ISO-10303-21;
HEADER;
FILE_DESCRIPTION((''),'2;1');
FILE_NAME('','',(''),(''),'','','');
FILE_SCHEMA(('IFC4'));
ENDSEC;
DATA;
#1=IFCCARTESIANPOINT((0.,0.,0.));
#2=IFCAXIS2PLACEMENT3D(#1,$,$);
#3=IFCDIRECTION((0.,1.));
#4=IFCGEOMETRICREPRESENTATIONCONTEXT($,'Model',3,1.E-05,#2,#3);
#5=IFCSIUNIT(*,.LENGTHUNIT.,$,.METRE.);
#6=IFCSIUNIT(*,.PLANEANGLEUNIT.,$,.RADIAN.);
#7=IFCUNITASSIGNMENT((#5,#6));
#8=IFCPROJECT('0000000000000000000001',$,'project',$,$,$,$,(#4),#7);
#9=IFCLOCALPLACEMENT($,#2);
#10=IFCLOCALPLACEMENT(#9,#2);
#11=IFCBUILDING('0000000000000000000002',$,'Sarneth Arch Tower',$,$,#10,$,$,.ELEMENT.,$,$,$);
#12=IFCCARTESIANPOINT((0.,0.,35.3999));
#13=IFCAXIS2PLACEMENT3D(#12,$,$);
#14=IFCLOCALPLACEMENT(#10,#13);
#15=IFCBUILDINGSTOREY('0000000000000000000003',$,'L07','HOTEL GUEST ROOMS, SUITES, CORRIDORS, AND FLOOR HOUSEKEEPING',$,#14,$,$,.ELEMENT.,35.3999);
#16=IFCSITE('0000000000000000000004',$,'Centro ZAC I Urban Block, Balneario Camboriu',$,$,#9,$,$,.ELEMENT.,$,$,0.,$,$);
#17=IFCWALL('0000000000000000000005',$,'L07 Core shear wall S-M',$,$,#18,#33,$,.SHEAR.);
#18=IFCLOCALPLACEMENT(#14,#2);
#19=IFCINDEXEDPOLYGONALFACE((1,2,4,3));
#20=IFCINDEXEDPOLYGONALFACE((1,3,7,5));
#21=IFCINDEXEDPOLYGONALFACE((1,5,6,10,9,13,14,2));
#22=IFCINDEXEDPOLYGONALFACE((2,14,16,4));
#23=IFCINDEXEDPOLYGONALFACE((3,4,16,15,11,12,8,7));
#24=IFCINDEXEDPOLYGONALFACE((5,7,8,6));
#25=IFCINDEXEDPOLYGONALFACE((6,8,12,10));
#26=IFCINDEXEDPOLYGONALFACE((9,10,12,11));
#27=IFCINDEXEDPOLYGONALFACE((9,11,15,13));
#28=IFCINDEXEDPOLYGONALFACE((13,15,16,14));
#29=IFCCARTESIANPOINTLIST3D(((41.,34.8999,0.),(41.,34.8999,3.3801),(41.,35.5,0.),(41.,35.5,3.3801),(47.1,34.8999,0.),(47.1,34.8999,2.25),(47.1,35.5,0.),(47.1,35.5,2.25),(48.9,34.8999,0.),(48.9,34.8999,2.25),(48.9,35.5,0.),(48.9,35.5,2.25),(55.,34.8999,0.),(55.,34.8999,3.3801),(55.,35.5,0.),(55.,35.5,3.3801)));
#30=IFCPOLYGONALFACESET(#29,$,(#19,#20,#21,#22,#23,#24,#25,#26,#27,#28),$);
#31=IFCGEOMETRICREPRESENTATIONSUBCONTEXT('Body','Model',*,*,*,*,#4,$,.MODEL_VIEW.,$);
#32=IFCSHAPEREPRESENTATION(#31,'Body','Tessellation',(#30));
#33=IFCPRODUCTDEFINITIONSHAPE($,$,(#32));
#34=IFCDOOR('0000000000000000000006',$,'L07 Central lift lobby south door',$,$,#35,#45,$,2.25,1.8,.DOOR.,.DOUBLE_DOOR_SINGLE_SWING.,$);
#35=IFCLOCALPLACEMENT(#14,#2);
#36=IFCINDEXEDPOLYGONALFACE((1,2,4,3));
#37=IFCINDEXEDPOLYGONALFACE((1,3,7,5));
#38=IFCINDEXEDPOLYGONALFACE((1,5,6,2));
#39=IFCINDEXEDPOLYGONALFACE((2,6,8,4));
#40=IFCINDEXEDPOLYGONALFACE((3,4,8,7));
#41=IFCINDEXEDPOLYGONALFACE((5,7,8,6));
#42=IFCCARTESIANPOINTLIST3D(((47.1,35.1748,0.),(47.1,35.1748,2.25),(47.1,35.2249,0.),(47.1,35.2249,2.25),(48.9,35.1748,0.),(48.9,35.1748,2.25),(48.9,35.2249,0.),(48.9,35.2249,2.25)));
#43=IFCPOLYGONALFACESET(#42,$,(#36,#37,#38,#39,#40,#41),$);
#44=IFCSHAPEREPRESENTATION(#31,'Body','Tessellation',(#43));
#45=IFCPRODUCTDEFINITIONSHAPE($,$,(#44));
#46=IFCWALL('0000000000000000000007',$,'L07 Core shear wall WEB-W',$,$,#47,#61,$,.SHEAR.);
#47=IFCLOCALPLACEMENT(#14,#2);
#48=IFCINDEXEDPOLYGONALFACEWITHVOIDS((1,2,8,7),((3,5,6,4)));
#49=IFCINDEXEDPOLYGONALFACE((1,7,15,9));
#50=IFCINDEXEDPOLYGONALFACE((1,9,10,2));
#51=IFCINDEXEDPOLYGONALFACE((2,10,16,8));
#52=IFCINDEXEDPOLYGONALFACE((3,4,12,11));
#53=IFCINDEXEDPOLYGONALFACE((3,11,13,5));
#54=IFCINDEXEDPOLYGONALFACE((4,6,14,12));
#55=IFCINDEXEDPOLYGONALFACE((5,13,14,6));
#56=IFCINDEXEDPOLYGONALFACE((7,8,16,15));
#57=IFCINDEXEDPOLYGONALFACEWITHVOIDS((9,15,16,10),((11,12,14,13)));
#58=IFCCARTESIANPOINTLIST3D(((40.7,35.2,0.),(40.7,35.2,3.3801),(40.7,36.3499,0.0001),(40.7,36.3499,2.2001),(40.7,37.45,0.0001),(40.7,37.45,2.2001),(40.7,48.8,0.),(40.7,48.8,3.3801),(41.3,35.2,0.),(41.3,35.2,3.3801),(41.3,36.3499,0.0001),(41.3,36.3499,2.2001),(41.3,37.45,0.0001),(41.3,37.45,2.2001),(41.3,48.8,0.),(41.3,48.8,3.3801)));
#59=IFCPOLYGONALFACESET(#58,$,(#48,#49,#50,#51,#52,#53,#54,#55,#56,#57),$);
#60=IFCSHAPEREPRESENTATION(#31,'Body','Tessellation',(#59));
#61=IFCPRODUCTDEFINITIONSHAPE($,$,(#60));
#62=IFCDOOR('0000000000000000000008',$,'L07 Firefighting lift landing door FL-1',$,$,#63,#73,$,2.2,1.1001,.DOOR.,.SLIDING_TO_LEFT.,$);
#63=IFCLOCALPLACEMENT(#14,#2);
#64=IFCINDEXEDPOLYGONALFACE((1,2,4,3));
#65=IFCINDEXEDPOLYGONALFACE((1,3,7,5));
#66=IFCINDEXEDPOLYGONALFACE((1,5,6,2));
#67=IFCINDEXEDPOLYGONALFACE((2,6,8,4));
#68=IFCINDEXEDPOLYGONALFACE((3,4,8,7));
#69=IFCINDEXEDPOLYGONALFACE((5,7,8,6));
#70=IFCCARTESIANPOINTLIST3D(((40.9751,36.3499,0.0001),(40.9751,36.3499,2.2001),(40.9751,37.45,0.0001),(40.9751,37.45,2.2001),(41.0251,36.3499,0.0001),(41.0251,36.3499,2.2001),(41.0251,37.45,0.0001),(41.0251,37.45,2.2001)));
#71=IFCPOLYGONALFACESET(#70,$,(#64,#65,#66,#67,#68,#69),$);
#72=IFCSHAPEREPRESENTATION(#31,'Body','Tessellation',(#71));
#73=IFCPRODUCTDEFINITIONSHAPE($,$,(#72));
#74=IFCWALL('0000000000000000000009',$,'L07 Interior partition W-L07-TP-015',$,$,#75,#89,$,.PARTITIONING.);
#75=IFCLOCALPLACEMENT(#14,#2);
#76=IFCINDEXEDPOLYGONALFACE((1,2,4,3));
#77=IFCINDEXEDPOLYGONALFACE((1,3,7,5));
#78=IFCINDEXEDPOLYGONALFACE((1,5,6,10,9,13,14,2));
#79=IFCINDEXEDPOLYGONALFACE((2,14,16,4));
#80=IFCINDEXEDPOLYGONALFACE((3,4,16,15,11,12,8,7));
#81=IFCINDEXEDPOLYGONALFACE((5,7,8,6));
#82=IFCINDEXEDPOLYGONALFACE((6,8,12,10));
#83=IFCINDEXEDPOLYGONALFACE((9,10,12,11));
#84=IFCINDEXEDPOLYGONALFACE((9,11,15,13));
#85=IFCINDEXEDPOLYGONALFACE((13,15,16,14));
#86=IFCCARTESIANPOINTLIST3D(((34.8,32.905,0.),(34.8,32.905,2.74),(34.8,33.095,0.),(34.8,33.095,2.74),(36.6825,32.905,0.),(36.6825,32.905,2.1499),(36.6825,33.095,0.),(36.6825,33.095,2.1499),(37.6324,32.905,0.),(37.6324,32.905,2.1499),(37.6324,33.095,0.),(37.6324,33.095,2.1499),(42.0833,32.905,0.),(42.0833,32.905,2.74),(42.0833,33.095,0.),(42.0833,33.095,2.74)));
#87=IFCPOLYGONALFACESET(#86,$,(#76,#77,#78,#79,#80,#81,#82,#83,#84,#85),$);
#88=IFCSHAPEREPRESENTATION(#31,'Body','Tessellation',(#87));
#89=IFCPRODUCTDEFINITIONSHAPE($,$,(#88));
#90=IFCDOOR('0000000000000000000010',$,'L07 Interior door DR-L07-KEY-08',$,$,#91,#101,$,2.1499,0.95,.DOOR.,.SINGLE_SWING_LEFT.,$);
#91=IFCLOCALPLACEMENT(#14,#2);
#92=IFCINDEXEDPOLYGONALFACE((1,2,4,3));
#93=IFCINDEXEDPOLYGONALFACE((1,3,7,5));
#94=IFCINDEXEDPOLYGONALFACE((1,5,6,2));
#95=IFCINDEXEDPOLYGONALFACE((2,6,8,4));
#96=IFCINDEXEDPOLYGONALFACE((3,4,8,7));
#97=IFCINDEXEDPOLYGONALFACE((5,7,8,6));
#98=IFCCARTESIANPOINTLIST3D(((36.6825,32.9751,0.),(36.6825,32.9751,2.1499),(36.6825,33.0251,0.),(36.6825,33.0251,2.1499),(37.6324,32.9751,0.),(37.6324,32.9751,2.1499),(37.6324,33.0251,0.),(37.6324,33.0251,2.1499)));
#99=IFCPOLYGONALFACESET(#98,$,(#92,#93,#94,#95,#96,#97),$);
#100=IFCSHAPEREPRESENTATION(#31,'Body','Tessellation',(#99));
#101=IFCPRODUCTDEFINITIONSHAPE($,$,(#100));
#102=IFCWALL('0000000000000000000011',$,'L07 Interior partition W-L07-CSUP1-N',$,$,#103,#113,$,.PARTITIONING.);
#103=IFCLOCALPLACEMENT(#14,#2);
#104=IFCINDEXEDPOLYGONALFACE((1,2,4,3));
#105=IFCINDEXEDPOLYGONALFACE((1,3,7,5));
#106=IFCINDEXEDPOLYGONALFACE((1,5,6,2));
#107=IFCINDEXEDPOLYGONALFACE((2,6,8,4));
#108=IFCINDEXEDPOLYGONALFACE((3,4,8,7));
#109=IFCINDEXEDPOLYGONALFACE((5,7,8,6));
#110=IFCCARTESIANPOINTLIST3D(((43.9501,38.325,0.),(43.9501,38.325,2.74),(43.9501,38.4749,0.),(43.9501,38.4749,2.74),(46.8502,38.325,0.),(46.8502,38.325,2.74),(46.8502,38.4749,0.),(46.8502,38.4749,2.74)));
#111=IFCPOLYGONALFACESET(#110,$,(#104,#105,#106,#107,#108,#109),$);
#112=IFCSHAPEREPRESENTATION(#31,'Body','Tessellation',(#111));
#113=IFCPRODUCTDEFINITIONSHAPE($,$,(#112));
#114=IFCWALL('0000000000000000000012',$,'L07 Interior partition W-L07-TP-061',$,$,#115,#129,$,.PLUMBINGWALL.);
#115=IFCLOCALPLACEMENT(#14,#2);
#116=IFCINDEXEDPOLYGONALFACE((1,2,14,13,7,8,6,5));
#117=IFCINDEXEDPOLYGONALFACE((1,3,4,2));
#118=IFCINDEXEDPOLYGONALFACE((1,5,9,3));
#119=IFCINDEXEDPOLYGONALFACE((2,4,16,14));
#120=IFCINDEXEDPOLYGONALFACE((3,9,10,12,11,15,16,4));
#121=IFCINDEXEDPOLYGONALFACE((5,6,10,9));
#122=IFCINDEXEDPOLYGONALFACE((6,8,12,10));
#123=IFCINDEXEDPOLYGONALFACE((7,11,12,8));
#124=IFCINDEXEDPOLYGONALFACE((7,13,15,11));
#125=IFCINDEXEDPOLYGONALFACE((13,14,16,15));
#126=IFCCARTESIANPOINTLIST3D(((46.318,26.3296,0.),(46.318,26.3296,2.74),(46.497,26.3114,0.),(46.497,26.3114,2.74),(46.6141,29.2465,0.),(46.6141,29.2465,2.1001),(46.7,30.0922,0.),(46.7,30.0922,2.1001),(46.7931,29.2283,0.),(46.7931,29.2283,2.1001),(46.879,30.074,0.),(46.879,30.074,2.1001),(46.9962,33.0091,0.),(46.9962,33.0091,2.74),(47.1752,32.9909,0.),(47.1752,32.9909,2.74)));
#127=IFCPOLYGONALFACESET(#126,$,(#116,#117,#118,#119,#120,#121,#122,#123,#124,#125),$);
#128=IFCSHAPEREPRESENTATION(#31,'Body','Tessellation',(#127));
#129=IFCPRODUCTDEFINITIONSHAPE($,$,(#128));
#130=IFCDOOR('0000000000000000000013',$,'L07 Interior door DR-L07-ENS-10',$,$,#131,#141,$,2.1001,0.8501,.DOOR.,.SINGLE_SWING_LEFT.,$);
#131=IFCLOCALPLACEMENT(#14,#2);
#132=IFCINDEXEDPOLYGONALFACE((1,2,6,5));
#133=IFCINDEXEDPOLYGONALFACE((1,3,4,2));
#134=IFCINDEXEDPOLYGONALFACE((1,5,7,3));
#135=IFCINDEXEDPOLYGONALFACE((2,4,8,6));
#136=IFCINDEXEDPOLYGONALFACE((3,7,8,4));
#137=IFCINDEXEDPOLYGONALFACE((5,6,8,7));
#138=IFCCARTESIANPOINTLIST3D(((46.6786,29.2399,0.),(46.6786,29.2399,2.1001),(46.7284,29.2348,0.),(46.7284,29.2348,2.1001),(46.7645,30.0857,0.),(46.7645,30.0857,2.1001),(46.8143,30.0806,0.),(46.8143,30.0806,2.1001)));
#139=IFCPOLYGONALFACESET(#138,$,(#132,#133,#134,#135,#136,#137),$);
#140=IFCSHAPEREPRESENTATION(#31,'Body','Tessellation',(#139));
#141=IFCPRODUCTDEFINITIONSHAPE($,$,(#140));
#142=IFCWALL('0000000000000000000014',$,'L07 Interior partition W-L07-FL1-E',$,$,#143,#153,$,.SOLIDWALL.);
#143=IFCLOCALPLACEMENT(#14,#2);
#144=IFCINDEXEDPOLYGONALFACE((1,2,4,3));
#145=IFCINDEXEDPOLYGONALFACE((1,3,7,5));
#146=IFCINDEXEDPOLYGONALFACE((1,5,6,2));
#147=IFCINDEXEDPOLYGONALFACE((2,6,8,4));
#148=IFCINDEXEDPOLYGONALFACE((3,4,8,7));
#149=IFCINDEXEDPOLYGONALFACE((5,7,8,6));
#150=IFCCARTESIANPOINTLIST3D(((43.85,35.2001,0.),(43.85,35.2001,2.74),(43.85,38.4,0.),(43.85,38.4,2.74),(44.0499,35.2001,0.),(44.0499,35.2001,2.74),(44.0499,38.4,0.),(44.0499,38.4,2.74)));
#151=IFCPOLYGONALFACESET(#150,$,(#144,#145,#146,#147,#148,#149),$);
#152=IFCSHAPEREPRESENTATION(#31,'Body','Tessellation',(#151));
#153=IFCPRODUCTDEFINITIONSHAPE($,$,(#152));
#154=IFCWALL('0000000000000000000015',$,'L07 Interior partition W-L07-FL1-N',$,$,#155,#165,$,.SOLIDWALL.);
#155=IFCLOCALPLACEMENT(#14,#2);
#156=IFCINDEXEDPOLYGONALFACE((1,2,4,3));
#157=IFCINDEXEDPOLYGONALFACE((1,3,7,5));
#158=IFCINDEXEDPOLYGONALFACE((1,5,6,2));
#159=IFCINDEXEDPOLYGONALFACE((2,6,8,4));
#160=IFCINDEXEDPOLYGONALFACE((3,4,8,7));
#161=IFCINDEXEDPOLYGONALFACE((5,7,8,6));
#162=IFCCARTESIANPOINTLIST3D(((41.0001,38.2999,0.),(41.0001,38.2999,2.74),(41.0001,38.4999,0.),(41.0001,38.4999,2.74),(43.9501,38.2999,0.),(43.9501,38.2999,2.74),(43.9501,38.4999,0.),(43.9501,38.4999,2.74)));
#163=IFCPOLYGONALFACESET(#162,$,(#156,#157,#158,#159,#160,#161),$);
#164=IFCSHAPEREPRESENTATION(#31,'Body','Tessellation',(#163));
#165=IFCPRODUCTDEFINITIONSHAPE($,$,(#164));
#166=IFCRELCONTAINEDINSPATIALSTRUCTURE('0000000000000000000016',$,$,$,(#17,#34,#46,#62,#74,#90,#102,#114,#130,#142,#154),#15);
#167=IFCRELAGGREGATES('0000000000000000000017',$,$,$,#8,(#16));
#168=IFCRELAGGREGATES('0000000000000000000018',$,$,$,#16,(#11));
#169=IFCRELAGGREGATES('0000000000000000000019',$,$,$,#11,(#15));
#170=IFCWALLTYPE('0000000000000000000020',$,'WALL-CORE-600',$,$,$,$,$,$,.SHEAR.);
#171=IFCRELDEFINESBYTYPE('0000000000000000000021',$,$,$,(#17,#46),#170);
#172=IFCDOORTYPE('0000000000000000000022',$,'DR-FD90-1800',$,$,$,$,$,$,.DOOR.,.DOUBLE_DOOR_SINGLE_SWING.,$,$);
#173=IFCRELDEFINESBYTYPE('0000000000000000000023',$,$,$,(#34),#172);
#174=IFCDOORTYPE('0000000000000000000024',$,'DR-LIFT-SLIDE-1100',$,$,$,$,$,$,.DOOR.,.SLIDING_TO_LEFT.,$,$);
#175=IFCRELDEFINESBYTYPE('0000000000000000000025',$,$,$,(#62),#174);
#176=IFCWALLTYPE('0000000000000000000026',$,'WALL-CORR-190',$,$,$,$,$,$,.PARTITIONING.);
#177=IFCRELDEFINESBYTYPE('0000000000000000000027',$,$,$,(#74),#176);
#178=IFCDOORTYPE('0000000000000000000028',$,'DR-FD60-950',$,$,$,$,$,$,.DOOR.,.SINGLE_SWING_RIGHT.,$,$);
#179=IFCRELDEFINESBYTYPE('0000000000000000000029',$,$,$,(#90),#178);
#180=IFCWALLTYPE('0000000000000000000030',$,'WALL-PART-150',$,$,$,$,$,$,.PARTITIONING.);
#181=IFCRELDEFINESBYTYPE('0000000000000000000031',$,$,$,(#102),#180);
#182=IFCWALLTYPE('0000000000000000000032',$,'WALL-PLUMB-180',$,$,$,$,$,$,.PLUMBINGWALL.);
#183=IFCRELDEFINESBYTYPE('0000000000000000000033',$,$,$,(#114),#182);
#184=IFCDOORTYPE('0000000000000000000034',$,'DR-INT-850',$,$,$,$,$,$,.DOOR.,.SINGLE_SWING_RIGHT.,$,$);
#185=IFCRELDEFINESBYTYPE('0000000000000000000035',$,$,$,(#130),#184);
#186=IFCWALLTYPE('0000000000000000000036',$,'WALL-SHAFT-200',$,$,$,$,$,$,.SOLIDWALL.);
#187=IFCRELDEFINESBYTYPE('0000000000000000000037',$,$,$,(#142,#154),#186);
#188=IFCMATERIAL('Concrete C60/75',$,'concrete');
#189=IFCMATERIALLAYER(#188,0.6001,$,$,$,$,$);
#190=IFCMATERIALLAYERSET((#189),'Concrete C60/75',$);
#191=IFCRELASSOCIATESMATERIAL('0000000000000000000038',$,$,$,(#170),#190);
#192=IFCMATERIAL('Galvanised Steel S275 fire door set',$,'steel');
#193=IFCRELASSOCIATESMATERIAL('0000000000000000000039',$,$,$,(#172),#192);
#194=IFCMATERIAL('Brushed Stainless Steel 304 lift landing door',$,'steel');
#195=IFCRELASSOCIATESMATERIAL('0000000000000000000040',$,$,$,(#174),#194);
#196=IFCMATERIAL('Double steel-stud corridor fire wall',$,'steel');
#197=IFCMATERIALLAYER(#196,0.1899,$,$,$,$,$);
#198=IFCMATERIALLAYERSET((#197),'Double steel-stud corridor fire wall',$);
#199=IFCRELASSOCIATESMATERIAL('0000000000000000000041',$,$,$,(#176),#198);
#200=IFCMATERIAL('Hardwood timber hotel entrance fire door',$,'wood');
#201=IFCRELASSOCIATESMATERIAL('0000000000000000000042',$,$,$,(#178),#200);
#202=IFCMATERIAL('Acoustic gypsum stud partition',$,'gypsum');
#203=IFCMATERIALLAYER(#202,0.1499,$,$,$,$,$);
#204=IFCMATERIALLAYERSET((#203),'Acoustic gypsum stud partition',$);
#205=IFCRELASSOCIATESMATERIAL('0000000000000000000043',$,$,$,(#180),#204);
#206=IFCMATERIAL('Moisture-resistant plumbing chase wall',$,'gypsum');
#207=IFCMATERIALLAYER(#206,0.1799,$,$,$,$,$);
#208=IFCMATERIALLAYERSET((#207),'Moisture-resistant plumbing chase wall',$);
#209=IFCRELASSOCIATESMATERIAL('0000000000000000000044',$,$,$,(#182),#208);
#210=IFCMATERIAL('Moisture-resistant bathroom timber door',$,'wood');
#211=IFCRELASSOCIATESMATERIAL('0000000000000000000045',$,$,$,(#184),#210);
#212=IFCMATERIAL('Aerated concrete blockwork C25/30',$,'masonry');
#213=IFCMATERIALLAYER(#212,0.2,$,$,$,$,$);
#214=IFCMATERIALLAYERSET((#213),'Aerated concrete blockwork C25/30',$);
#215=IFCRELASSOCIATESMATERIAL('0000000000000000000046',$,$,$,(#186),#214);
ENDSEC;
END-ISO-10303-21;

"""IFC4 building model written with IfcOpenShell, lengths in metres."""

from ifc_helpers import new_model, si_unit, direction, frame, frame_2d, origin, place, context, subcontext, project, spatial, rectangle, extrude, material, layer, layer_set, type_object, element, fill, save


model = new_model("IFC4")

# Units and contexts
model_context = context("Model", 3, precision=1e-05, world=origin(), true_north=direction((0.0, 1.0)))
body_context = subcontext(model_context, "Body", "Model", "MODEL_VIEW")
ifc_project = project(units=[si_unit("LENGTHUNIT", "METRE"), si_unit("PLANEANGLEUNIT", "RADIAN")], contexts=[model_context])

# Site, building, storey
site_placement = place(None, origin())
site = spatial("IfcSite", under=ifc_project, at=site_placement, Name="Centro ZAC I Urban Block, Balneario Camboriu", CompositionType="ELEMENT", RefElevation=0.0)
building_placement = place(site_placement, origin())
building = spatial("IfcBuilding", under=site, at=building_placement, Name="Sarneth Arch Tower", CompositionType="ELEMENT")
storey_placement = place(building_placement, frame((0.0, 0.0, 35.3999)))
storey = spatial("IfcBuildingStorey", under=building, at=storey_placement, Name="L07", Description="HOTEL GUEST ROOMS, SUITES, CORRIDORS, AND FLOOR HOUSEKEEPING", CompositionType="ELEMENT", Elevation=35.3999)

# Shared definitions
ifc_material_1 = material(Name="Concrete C60/75", Category="concrete")
ifc_layer_1 = layer(ifc_material_1, 0.6001)
ifc_layer_set_1 = layer_set([ifc_layer_1], Name="Concrete C60/75")
wall_type_1 = type_object("IfcWallType", Name="WALL-CORE-600", PredefinedType="SHEAR", material=ifc_layer_set_1)

# Walls, openings, doors
wall_1_placement = place(storey_placement, frame((41.0, 35.2, 0.0), z_axis=(0.0, 0.0, 1.0), x_axis=(1.0, 0.0, 0.0)))
wall_1 = element("IfcWall", 1, at=wall_1_placement, inside=storey, type_object=wall_type_1, Name="L07 Core shear wall S-M", PredefinedType="SHEAR", context=body_context, shape_type="SweptSolid", body=[
    extrude(rectangle(XDim=14.0, YDim=0.6001, at=frame_2d((7.0, 0.0))), origin(), (0.0, 0.0, 1.0), 3.3801),
])
opening_1_placement = place(wall_1_placement, frame((6.1001, 0.0, 0.0)))
opening_1 = element("IfcOpeningElement", 2, at=opening_1_placement, cuts=wall_1, PredefinedType="OPENING", context=body_context, shape_type="SweptSolid", body=[
    extrude(rectangle(XDim=1.8, YDim=2.25, at=frame_2d((0.8999, 1.125))), frame((0.0, 0.3101, 0.0), z_axis=(0.0, -1.0, 0.0), x_axis=(1.0, 0.0, 0.0)), (0.0, 0.0, 1.0), 0.6201),
])
ifc_material_2 = material(Name="Galvanised Steel S275 fire door set", Category="steel")
door_type_1 = type_object("IfcDoorType", Name="DR-FD90-1800", OperationType="DOUBLE_DOOR_SINGLE_SWING", PredefinedType="DOOR", material=ifc_material_2)
door_1_placement = place(opening_1_placement, origin())
door_1 = element("IfcDoor", 3, at=door_1_placement, inside=storey, type_object=door_type_1, Name="L07 Central lift lobby south door", OperationType="DOUBLE_DOOR_SINGLE_SWING", OverallHeight=2.25, OverallWidth=1.8, PredefinedType="DOOR", context=body_context, shape_type="SweptSolid", body=[
    extrude(rectangle(XDim=1.8, YDim=2.25, at=frame_2d((0.8999, 1.125))), frame((0.0, 0.0249, 0.0), z_axis=(0.0, -1.0, 0.0), x_axis=(1.0, 0.0, 0.0)), (0.0, 0.0, 1.0), 0.05),
])
fill(opening_1, door_1)
wall_2_placement = place(storey_placement, frame((41.0, 35.2, 0.0), z_axis=(0.0, 0.0, 1.0), x_axis=(0.0, 1.0, 0.0)))
wall_2 = element("IfcWall", 4, at=wall_2_placement, inside=storey, type_object=wall_type_1, Name="L07 Core shear wall WEB-W", PredefinedType="SHEAR", context=body_context, shape_type="SweptSolid", body=[
    extrude(rectangle(XDim=13.6001, YDim=0.6001, at=frame_2d((6.8, 0.0))), origin(), (0.0, 0.0, 1.0), 3.3801),
])
opening_2_placement = place(wall_2_placement, frame((1.1499, 0.0, 0.0)))
opening_2 = element("IfcOpeningElement", 5, at=opening_2_placement, cuts=wall_2, PredefinedType="OPENING", context=body_context, shape_type="SweptSolid", body=[
    extrude(rectangle(XDim=1.1001, YDim=2.2, at=frame_2d((0.55, 1.1001))), frame((0.0, 0.3101, 0.0), z_axis=(0.0, -1.0, 0.0), x_axis=(1.0, 0.0, 0.0)), (0.0, 0.0, 1.0), 0.6201),
])
ifc_material_3 = material(Name="Brushed Stainless Steel 304 lift landing door", Category="steel")
door_type_2 = type_object("IfcDoorType", Name="DR-LIFT-SLIDE-1100", OperationType="SLIDING_TO_LEFT", PredefinedType="DOOR", material=ifc_material_3)
door_2_placement = place(opening_2_placement, origin())
door_2 = element("IfcDoor", 6, at=door_2_placement, inside=storey, type_object=door_type_2, Name="L07 Firefighting lift landing door FL-1", OperationType="SLIDING_TO_LEFT", OverallHeight=2.2, OverallWidth=1.1001, PredefinedType="DOOR", context=body_context, shape_type="SweptSolid", body=[
    extrude(rectangle(XDim=1.1001, YDim=2.2, at=frame_2d((0.55, 1.1001))), frame((0.0, 0.0249, 0.0), z_axis=(0.0, -1.0, 0.0), x_axis=(1.0, 0.0, 0.0)), (0.0, 0.0, 1.0), 0.05),
])
fill(opening_2, door_2)
ifc_material_4 = material(Name="Double steel-stud corridor fire wall", Category="steel")
ifc_layer_2 = layer(ifc_material_4, 0.1899)
ifc_layer_set_2 = layer_set([ifc_layer_2], Name="Double steel-stud corridor fire wall")
wall_type_2 = type_object("IfcWallType", Name="WALL-CORR-190", PredefinedType="PARTITIONING", material=ifc_layer_set_2)
wall_3_placement = place(storey_placement, frame((42.0833, 33.0, 0.0), z_axis=(0.0, 0.0, 1.0), x_axis=(-1.0, 0.0, 0.0)))
wall_3 = element("IfcWall", 7, at=wall_3_placement, inside=storey, type_object=wall_type_2, Name="L07 Interior partition W-L07-TP-015", PredefinedType="PARTITIONING", context=body_context, shape_type="SweptSolid", body=[
    extrude(rectangle(XDim=7.2832, YDim=0.1899, at=frame_2d((3.6416, 0.0))), origin(), (0.0, 0.0, 1.0), 2.74),
])
opening_3_placement = place(wall_3_placement, frame((4.4507, 0.0, 0.0)))
opening_3 = element("IfcOpeningElement", 8, at=opening_3_placement, cuts=wall_3, PredefinedType="OPENING", context=body_context, shape_type="SweptSolid", body=[
    extrude(rectangle(XDim=0.95, YDim=2.1499, at=frame_2d((0.4751, 1.075))), frame((0.0, 0.105, 0.0), z_axis=(0.0, -1.0, 0.0), x_axis=(1.0, 0.0, 0.0)), (0.0, 0.0, 1.0), 0.21),
])
ifc_material_5 = material(Name="Hardwood timber hotel entrance fire door", Category="wood")
door_type_3 = type_object("IfcDoorType", Name="DR-FD60-950", OperationType="SINGLE_SWING_RIGHT", PredefinedType="DOOR", material=ifc_material_5)
door_3_placement = place(opening_3_placement, origin())
door_3 = element("IfcDoor", 9, at=door_3_placement, inside=storey, type_object=door_type_3, Name="L07 Interior door DR-L07-KEY-08", OperationType="SINGLE_SWING_LEFT", OverallHeight=2.1499, OverallWidth=0.95, PredefinedType="DOOR", context=body_context, shape_type="SweptSolid", body=[
    extrude(rectangle(XDim=0.95, YDim=2.1499, at=frame_2d((0.4751, 1.075))), frame((0.0, 0.0249, 0.0), z_axis=(0.0, -1.0, 0.0), x_axis=(1.0, 0.0, 0.0)), (0.0, 0.0, 1.0), 0.05),
])
fill(opening_3, door_3)

# Wall
ifc_material_6 = material(Name="Acoustic gypsum stud partition", Category="gypsum")
ifc_layer_3 = layer(ifc_material_6, 0.1499)
ifc_layer_set_3 = layer_set([ifc_layer_3], Name="Acoustic gypsum stud partition")
wall_type_3 = type_object("IfcWallType", Name="WALL-PART-150", PredefinedType="PARTITIONING", material=ifc_layer_set_3)
wall_4_placement = place(storey_placement, frame((43.95, 38.3999, 0.0), z_axis=(0.0, 0.0, 1.0), x_axis=(1.0, 0.0, 0.0)))
element("IfcWall", 10, at=wall_4_placement, inside=storey, type_object=wall_type_3, Name="L07 Interior partition W-L07-CSUP1-N", PredefinedType="PARTITIONING", context=body_context, shape_type="SweptSolid", body=[
    extrude(rectangle(XDim=2.9001, YDim=0.1499, at=frame_2d((1.4502, 0.0))), origin(), (0.0, 0.0, 1.0), 2.74),
])

# Wall, opening, door
ifc_material_7 = material(Name="Moisture-resistant plumbing chase wall", Category="gypsum")
ifc_layer_4 = layer(ifc_material_7, 0.1799)
ifc_layer_set_4 = layer_set([ifc_layer_4], Name="Moisture-resistant plumbing chase wall")
wall_type_4 = type_object("IfcWallType", Name="WALL-PLUMB-180", PredefinedType="PLUMBINGWALL", material=ifc_layer_set_4)
wall_5_placement = place(storey_placement, frame((47.0857, 33.0, 0.0), z_axis=(0.0, 0.0, 1.0), x_axis=(-0.101019, -0.994884, 0.0)))
wall_5 = element("IfcWall", 11, at=wall_5_placement, inside=storey, type_object=wall_type_4, Name="L07 Interior partition W-L07-TP-061", PredefinedType="PLUMBINGWALL", context=body_context, shape_type="SweptSolid", body=[
    extrude(rectangle(XDim=6.7139, YDim=0.1799, at=frame_2d((3.3569, 0.0))), origin(), (0.0, 0.0, 1.0), 2.74),
])
opening_4_placement = place(wall_5_placement, frame((2.9319, 0.0, 0.0)))
opening_4 = element("IfcOpeningElement", 12, at=opening_4_placement, cuts=wall_5, PredefinedType="OPENING", context=body_context, shape_type="SweptSolid", body=[
    extrude(rectangle(XDim=0.8501, YDim=2.1001, at=frame_2d((0.425, 1.05))), frame((0.0, 0.0999, 0.0), z_axis=(0.0, -1.0, 0.0), x_axis=(1.0, 0.0, 0.0)), (0.0, 0.0, 1.0), 0.2),
])
ifc_material_8 = material(Name="Moisture-resistant bathroom timber door", Category="wood")
door_type_4 = type_object("IfcDoorType", Name="DR-INT-850", OperationType="SINGLE_SWING_RIGHT", PredefinedType="DOOR", material=ifc_material_8)
door_4_placement = place(opening_4_placement, origin())
door_4 = element("IfcDoor", 13, at=door_4_placement, inside=storey, type_object=door_type_4, Name="L07 Interior door DR-L07-ENS-10", OperationType="SINGLE_SWING_LEFT", OverallHeight=2.1001, OverallWidth=0.8501, PredefinedType="DOOR", context=body_context, shape_type="SweptSolid", body=[
    extrude(rectangle(XDim=0.8501, YDim=2.1001, at=frame_2d((0.425, 1.05))), frame((0.0, 0.0249, 0.0), z_axis=(0.0, -1.0, 0.0), x_axis=(1.0, 0.0, 0.0)), (0.0, 0.0, 1.0), 0.05),
])
fill(opening_4, door_4)
ifc_material_9 = material(Name="Aerated concrete blockwork C25/30", Category="masonry")
ifc_layer_5 = layer(ifc_material_9, 0.2)
ifc_layer_set_5 = layer_set([ifc_layer_5], Name="Aerated concrete blockwork C25/30")
wall_type_5 = type_object("IfcWallType", Name="WALL-SHAFT-200", PredefinedType="SOLIDWALL", material=ifc_layer_set_5)

# Walls
wall_6_placement = place(storey_placement, frame((43.95, 35.2, 0.0), z_axis=(0.0, 0.0, 1.0), x_axis=(0.0, 1.0, 0.0)))
element("IfcWall", 14, at=wall_6_placement, inside=storey, type_object=wall_type_5, Name="L07 Interior partition W-L07-FL1-E", PredefinedType="SOLIDWALL", context=body_context, shape_type="SweptSolid", body=[
    extrude(rectangle(XDim=3.2, YDim=0.2, at=frame_2d((1.6001, 0.0))), origin(), (0.0, 0.0, 1.0), 2.74),
])
wall_7_placement = place(storey_placement, frame((41.0, 38.3999, 0.0), z_axis=(0.0, 0.0, 1.0), x_axis=(1.0, 0.0, 0.0)))
element("IfcWall", 15, at=wall_7_placement, inside=storey, type_object=wall_type_5, Name="L07 Interior partition W-L07-FL1-N", PredefinedType="SOLIDWALL", context=body_context, shape_type="SweptSolid", body=[
    extrude(rectangle(XDim=2.95, YDim=0.2, at=frame_2d((1.4751, 0.0))), origin(), (0.0, 0.0, 1.0), 2.74),
])

save(model, "model.ifc")
